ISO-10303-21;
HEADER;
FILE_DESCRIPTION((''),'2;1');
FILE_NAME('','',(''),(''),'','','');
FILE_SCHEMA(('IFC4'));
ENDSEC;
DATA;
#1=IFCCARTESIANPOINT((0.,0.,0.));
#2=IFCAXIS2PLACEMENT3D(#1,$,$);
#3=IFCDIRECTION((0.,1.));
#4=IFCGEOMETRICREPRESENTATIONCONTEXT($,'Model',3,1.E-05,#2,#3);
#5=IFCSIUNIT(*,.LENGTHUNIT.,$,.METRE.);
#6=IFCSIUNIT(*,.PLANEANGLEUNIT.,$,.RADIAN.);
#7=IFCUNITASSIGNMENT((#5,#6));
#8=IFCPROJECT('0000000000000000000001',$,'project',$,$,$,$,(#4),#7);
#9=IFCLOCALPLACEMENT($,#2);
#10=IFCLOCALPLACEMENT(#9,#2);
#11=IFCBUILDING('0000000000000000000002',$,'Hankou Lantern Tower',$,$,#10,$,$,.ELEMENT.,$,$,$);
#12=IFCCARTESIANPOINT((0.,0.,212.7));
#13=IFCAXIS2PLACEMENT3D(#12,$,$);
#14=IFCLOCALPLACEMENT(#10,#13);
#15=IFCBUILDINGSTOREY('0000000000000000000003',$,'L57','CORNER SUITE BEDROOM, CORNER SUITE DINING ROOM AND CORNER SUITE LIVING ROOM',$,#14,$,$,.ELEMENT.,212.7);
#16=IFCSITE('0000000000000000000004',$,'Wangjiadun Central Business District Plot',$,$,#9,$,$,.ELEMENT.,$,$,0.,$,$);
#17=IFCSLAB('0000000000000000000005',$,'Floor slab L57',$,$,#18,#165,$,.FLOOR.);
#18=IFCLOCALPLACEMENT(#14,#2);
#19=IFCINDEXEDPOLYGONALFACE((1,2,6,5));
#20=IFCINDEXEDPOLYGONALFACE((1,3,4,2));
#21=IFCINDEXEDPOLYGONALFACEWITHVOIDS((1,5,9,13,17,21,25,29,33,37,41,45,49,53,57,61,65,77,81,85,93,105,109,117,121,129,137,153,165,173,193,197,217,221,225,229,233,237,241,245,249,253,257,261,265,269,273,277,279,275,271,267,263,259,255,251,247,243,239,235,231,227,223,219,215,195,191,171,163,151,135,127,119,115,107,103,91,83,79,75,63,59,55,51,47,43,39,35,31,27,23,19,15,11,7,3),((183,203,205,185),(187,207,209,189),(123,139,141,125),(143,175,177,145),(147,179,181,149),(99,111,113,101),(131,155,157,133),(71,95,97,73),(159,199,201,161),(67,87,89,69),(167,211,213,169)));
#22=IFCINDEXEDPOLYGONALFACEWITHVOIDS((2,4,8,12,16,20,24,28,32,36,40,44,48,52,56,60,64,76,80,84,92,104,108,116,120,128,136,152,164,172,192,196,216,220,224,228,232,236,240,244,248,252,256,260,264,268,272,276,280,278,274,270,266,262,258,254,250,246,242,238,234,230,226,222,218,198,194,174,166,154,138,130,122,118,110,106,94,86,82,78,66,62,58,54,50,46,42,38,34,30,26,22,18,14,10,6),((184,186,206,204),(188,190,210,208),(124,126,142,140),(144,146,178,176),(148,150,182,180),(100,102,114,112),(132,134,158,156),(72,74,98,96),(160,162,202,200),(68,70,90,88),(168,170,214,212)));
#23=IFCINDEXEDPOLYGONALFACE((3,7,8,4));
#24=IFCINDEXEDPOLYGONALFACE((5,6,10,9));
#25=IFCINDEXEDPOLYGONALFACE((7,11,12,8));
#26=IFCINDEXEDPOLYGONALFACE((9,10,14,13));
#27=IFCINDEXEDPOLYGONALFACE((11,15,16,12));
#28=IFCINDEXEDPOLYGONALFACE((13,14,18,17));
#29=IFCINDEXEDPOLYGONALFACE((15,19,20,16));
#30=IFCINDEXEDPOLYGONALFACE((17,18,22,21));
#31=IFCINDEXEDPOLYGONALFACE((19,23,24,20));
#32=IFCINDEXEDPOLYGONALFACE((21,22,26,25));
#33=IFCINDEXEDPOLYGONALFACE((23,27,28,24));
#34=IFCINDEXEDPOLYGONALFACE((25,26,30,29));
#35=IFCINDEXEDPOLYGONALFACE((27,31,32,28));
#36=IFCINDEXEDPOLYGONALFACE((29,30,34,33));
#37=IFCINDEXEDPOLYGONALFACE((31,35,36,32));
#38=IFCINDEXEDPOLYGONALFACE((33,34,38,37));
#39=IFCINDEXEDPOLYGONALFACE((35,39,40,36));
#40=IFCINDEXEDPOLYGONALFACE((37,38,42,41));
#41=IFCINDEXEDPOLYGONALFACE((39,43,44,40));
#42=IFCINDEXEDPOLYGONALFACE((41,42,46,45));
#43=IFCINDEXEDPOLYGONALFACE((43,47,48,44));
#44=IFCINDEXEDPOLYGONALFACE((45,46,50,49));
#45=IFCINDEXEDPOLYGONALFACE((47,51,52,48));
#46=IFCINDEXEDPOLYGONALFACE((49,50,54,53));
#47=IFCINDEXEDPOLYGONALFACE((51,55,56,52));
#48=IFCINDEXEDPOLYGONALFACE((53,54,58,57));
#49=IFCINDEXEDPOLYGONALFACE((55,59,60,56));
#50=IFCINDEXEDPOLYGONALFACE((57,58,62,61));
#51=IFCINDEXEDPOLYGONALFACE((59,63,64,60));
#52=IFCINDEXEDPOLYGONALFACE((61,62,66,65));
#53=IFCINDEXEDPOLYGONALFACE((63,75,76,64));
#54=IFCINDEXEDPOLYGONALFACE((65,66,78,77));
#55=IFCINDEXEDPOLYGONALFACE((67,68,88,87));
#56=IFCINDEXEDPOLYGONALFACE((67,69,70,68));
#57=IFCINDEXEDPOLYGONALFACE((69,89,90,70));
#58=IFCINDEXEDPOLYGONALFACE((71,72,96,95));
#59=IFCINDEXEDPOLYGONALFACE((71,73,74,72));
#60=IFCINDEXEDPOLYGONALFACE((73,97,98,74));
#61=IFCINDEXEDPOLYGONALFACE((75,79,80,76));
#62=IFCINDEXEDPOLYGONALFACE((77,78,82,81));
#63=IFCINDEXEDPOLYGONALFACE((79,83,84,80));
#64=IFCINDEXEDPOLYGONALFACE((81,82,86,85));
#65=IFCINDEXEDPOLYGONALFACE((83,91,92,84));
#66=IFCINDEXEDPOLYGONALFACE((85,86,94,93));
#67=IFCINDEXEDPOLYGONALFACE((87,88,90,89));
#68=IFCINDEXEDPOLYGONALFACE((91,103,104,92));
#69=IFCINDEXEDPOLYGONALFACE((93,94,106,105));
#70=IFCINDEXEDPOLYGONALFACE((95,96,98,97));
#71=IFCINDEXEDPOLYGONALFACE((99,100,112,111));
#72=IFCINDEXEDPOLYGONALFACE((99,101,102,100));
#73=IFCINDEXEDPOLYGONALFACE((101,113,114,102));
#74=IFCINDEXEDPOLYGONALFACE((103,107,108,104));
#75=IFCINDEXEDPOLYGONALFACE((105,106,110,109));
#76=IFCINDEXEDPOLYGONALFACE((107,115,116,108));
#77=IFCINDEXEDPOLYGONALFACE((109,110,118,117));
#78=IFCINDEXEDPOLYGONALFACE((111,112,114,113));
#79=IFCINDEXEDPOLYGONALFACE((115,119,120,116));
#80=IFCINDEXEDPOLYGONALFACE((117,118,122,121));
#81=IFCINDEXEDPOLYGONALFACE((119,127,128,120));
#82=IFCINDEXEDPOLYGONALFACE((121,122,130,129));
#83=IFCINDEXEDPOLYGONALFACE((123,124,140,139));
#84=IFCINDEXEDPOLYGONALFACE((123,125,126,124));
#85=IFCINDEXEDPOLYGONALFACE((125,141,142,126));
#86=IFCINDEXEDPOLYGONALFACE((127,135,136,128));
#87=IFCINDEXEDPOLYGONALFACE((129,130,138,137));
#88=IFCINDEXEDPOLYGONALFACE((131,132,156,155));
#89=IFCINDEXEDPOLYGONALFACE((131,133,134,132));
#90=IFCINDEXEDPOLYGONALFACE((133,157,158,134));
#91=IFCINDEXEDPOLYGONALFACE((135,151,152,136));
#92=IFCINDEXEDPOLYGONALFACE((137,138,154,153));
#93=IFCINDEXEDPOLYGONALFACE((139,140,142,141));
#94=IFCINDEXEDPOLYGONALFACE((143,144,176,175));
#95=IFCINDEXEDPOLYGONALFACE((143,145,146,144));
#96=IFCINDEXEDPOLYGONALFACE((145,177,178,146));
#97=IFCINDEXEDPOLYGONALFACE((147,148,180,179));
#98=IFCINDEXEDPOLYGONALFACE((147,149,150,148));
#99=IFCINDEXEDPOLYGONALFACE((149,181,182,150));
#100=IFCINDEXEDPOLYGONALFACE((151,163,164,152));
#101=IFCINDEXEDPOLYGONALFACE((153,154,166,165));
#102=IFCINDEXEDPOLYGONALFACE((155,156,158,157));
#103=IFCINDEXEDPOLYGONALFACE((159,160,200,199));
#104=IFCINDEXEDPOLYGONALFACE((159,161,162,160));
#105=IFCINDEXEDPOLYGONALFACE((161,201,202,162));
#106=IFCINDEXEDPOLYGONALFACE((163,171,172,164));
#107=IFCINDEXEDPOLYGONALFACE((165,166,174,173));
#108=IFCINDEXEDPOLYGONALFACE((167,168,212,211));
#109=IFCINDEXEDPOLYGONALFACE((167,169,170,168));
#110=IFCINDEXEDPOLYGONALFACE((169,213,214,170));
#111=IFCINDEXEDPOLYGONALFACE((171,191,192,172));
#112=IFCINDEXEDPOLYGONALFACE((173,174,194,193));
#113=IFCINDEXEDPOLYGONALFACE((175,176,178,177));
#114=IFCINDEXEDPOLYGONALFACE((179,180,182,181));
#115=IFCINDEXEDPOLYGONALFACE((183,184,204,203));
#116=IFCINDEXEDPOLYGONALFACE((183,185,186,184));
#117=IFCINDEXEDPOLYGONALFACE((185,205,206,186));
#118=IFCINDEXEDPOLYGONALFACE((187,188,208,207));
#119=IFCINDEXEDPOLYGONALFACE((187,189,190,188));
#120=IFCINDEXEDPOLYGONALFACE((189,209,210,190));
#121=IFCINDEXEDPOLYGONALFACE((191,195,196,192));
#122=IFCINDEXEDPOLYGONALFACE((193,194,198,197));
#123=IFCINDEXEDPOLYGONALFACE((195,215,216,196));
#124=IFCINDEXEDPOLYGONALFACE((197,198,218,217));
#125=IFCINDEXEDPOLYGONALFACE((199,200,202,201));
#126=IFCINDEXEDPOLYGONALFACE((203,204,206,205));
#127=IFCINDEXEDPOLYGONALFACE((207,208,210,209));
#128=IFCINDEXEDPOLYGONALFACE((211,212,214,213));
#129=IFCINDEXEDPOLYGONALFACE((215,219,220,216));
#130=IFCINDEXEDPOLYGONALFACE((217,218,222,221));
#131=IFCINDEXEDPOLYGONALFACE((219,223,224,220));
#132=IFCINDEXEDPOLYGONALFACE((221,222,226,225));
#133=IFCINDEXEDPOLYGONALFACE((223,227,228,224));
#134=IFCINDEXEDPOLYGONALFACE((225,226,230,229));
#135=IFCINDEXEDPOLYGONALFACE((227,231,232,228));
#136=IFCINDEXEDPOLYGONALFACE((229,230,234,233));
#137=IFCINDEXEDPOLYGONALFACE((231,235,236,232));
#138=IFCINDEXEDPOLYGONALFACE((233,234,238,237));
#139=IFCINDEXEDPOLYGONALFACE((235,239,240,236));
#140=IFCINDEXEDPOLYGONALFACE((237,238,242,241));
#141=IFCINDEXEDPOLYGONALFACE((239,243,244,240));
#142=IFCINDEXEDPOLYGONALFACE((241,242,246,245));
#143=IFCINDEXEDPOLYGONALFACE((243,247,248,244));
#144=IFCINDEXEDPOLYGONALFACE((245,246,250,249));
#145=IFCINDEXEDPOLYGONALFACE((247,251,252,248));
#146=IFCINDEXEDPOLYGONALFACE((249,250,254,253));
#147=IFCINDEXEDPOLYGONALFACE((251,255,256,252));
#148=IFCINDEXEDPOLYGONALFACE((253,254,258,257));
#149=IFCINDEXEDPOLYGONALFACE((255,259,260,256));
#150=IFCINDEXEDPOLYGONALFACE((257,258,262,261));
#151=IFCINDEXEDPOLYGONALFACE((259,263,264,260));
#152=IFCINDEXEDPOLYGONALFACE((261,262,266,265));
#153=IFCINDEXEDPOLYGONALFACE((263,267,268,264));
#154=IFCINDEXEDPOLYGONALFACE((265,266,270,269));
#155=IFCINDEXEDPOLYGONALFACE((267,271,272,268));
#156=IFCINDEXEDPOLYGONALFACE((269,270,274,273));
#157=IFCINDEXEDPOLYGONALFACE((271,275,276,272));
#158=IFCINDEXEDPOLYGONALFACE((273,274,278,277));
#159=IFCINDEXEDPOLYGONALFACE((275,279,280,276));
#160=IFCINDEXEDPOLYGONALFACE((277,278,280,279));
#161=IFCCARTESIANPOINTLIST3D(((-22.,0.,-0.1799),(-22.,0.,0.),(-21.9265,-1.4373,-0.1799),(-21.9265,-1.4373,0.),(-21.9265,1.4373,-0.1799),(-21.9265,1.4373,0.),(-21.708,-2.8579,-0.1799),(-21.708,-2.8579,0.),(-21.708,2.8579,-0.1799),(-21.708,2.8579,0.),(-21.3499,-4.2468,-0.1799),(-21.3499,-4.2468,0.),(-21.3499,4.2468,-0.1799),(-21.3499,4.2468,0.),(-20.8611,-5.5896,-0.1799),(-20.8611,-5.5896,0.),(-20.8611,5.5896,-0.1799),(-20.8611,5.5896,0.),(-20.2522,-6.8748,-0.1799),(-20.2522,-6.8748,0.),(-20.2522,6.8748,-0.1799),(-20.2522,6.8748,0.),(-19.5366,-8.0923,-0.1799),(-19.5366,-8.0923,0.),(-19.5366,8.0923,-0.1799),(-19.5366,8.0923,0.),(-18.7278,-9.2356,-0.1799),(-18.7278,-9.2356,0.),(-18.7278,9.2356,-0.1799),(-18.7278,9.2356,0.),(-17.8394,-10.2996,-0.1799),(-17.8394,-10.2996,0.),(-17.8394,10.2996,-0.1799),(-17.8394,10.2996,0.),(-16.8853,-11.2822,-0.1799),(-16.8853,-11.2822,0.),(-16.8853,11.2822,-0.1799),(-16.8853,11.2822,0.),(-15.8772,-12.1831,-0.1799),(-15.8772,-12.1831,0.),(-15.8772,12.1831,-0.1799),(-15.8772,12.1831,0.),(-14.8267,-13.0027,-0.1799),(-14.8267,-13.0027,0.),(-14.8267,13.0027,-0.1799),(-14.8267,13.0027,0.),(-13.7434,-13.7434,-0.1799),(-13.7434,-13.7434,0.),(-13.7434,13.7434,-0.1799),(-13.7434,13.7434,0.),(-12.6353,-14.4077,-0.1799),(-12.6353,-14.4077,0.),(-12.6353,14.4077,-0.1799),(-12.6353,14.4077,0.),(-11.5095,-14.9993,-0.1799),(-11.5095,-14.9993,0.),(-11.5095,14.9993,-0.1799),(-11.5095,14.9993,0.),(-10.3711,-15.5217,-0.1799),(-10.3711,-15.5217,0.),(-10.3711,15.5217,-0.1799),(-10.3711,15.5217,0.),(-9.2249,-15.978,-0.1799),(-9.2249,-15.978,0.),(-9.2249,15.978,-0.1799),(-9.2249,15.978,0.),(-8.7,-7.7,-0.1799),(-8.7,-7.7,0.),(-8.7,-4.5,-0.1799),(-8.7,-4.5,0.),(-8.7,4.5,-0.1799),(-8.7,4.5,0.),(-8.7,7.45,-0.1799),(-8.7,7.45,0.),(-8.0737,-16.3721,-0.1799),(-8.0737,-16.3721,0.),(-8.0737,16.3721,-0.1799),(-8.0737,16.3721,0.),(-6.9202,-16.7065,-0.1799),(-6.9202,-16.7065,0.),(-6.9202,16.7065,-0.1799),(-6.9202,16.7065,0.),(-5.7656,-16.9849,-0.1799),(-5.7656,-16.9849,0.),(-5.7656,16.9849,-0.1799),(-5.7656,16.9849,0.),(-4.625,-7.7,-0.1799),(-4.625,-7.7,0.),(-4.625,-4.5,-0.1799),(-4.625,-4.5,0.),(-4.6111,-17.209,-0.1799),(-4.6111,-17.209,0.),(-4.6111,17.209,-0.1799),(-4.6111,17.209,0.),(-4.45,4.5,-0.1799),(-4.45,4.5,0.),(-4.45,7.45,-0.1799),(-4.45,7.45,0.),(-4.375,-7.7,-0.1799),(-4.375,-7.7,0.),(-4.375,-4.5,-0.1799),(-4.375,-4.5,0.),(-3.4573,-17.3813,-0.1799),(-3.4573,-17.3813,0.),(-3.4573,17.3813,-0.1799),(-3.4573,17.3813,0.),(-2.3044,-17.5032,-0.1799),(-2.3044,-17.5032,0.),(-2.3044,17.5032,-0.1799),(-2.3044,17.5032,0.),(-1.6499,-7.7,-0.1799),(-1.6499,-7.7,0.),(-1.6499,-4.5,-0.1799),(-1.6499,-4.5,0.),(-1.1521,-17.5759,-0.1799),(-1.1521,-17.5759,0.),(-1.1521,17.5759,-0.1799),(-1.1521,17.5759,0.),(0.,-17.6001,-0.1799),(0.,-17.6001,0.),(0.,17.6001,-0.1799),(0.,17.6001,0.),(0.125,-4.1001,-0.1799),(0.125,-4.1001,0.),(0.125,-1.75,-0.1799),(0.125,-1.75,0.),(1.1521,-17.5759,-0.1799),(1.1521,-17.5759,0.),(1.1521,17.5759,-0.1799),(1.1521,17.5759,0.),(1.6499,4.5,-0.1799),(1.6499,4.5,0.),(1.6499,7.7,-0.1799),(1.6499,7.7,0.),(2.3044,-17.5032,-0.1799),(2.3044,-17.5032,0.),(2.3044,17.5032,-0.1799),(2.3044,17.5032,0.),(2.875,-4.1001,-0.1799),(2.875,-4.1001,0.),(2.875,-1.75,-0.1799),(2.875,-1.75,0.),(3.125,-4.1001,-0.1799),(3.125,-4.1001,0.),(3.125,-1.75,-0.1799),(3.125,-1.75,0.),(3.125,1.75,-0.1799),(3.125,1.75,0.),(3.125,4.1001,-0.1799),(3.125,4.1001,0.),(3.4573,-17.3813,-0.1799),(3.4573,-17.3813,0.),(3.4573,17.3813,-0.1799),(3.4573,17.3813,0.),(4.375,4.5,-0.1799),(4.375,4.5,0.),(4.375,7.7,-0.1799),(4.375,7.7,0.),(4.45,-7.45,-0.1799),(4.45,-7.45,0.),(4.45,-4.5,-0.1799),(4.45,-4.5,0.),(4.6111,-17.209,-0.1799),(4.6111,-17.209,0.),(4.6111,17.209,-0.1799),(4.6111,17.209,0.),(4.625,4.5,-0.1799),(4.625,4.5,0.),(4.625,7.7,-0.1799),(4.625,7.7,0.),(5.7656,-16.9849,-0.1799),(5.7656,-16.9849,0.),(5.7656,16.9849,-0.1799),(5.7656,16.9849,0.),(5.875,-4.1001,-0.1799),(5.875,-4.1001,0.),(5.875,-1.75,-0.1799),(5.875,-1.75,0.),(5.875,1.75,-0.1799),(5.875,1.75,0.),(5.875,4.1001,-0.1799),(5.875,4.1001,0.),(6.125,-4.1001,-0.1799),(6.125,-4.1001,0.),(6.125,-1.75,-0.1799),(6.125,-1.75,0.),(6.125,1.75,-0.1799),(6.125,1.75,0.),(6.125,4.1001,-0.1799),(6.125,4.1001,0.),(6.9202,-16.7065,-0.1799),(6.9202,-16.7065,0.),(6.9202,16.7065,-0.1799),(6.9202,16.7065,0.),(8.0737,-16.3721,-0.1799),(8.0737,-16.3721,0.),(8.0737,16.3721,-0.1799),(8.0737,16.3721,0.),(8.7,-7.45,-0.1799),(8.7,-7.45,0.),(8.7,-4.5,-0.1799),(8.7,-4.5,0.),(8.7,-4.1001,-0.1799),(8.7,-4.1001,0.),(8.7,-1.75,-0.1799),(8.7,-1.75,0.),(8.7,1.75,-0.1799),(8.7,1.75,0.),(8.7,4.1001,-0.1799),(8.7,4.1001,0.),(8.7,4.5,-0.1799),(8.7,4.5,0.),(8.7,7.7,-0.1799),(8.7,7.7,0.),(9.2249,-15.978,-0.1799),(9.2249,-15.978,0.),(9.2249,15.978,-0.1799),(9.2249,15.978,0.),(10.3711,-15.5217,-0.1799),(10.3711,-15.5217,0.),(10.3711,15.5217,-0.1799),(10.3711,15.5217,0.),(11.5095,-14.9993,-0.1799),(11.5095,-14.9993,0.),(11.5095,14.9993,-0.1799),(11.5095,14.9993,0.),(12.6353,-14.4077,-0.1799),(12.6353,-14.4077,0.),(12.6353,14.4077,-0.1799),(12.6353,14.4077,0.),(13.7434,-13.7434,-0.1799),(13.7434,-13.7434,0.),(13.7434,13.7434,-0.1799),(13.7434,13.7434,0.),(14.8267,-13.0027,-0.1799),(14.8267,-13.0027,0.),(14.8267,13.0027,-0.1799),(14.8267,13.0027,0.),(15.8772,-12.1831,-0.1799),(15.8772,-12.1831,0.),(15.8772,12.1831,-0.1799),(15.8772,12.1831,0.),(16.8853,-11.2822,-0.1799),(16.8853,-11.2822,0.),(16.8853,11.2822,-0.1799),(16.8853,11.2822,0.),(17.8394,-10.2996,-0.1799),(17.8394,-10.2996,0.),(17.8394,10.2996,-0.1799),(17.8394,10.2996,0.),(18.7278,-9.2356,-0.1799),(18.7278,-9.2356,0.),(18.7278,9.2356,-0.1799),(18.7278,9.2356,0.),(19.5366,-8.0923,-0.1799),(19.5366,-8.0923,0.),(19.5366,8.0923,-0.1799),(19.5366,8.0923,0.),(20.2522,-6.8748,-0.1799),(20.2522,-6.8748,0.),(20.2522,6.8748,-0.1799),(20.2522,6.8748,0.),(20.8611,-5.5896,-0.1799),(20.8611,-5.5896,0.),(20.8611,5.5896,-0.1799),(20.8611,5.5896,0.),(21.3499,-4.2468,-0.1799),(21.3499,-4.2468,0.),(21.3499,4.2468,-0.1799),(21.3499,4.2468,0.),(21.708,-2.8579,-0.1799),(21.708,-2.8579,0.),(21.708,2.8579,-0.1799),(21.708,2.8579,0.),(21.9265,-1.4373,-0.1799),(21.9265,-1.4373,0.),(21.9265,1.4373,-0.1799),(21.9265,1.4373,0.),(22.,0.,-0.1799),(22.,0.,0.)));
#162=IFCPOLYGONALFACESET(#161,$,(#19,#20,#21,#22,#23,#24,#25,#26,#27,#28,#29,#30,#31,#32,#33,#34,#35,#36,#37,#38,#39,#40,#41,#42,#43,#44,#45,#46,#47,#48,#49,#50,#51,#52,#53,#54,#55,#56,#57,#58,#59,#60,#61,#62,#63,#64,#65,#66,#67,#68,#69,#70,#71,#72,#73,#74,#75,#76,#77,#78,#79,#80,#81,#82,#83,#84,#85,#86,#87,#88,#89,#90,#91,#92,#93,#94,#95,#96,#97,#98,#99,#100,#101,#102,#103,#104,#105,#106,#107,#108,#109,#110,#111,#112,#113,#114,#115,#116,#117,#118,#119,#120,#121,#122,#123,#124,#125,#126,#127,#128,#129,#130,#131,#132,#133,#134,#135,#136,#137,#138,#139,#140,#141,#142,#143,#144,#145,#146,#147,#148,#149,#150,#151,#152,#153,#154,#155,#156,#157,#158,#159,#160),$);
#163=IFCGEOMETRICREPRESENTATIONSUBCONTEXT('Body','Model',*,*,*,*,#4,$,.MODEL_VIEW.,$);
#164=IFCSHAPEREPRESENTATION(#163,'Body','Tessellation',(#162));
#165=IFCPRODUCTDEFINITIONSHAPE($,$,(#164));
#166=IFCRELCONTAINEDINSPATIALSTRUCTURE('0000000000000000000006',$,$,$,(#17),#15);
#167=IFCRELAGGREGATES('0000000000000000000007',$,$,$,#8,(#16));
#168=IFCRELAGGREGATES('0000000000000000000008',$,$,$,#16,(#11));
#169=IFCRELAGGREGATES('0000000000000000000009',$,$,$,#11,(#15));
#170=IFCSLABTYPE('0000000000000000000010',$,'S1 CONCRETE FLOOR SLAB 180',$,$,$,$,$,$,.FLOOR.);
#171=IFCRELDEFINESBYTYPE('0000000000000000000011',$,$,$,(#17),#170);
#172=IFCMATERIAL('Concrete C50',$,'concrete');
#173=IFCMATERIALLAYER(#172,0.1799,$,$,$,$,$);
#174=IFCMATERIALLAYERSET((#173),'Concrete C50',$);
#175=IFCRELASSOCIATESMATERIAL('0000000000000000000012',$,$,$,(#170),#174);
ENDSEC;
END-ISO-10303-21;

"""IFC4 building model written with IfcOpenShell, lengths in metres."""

from ifc_helpers import new_model, si_unit, direction, frame, origin, place, context, subcontext, project, spatial, polyline, outline, extrude, material, layer, layer_set, type_object, element, save


model = new_model("IFC4")

# Units and contexts
model_context = context("Model", 3, precision=1e-05, world=origin(), true_north=direction((0.0, 1.0)))
body_context = subcontext(model_context, "Body", "Model", "MODEL_VIEW")
ifc_project = project(units=[si_unit("LENGTHUNIT", "METRE"), si_unit("PLANEANGLEUNIT", "RADIAN")], contexts=[model_context])

# Site, building, storey
site_placement = place(None, origin())
site = spatial("IfcSite", under=ifc_project, at=site_placement, Name="Wangjiadun Central Business District Plot", CompositionType="ELEMENT", RefElevation=0.0)
building_placement = place(site_placement, origin())
building = spatial("IfcBuilding", under=site, at=building_placement, Name="Hankou Lantern Tower", CompositionType="ELEMENT")
storey_placement = place(building_placement, frame((0.0, 0.0, 212.7)))
storey = spatial("IfcBuildingStorey", under=building, at=storey_placement, Name="L57", Description="CORNER SUITE BEDROOM, CORNER SUITE DINING ROOM AND CORNER SUITE LIVING ROOM", CompositionType="ELEMENT", Elevation=212.7)

# Slab
ifc_material_1 = material(Name="Concrete C50", Category="concrete")
ifc_layer_1 = layer(ifc_material_1, 0.1799)
ifc_layer_set_1 = layer_set([ifc_layer_1], Name="Concrete C50")
slab_type = type_object("IfcSlabType", Name="S1 CONCRETE FLOOR SLAB 180", PredefinedType="FLOOR", material=ifc_layer_set_1)
slab_placement = place(storey_placement, frame((0.0, 0.0, -0.1799)))
element("IfcSlab", 1, at=slab_placement, inside=storey, type_object=slab_type, Name="Floor slab L57", PredefinedType="FLOOR", context=body_context, shape_type="SweptSolid", body=[
    extrude(outline(polyline([(22.0, 0.0), (21.9265, 1.4373), (21.708, 2.8579), (21.3499, 4.2468), (20.8611, 5.5896), (20.2522, 6.8748), (19.5366, 8.0923), (18.7278, 9.2356), (17.8394, 10.2996), (16.8853, 11.2822), (15.8772, 12.1831), (14.8267, 13.0027), (13.7434, 13.7434), (12.6353, 14.4077), (11.5095, 14.9993), (10.3711, 15.5217), (9.2249, 15.978), (8.0737, 16.3721), (6.9202, 16.7065), (5.7656, 16.9849), (4.6111, 17.209), (3.4573, 17.3813), (2.3044, 17.5032), (1.1521, 17.5759), (0.0, 17.6001), (-1.1521, 17.5759), (-2.3044, 17.5032), (-3.4573, 17.3813), (-4.6111, 17.209), (-5.7656, 16.9849), (-6.9202, 16.7065), (-8.0737, 16.3721), (-9.2249, 15.978), (-10.3711, 15.5217), (-11.5095, 14.9993), (-12.6353, 14.4077), (-13.7434, 13.7434), (-14.8267, 13.0027), (-15.8772, 12.1831), (-16.8853, 11.2822), (-17.8394, 10.2996), (-18.7278, 9.2356), (-19.5366, 8.0923), (-20.2522, 6.8748), (-20.8611, 5.5896), (-21.3499, 4.2468), (-21.708, 2.8579), (-21.9265, 1.4373), (-22.0, 0.0), (-21.9265, -1.4373), (-21.708, -2.8579), (-21.3499, -4.2468), (-20.8611, -5.5896), (-20.2522, -6.8748), (-19.5366, -8.0923), (-18.7278, -9.2356), (-17.8394, -10.2996), (-16.8853, -11.2822), (-15.8772, -12.1831), (-14.8267, -13.0027), (-13.7434, -13.7434), (-12.6353, -14.4077), (-11.5095, -14.9993), (-10.3711, -15.5217), (-9.2249, -15.978), (-8.0737, -16.3721), (-6.9202, -16.7065), (-5.7656, -16.9849), (-4.6111, -17.209), (-3.4573, -17.3813), (-2.3044, -17.5032), (-1.1521, -17.5759), (0.0, -17.6001), (1.1521, -17.5759), (2.3044, -17.5032), (3.4573, -17.3813), (4.6111, -17.209), (5.7656, -16.9849), (6.9202, -16.7065), (8.0737, -16.3721), (9.2249, -15.978), (10.3711, -15.5217), (11.5095, -14.9993), (12.6353, -14.4077), (13.7434, -13.7434), (14.8267, -13.0027), (15.8772, -12.1831), (16.8853, -11.2822), (17.8394, -10.2996), (18.7278, -9.2356), (19.5366, -8.0923), (20.2522, -6.8748), (20.8611, -5.5896), (21.3499, -4.2468), (21.708, -2.8579), (21.9265, -1.4373), (22.0, 0.0)]), holes=[polyline([(3.125, 4.1001), (5.875, 4.1001), (5.875, 1.75), (3.125, 1.75), (3.125, 4.1001)]), polyline([(6.125, 4.1001), (8.7, 4.1001), (8.7, 1.75), (6.125, 1.75), (6.125, 4.1001)]), polyline([(0.125, -1.75), (2.875, -1.75), (2.875, -4.1001), (0.125, -4.1001), (0.125, -1.75)]), polyline([(3.125, -1.75), (5.875, -1.75), (5.875, -4.1001), (3.125, -4.1001), (3.125, -1.75)]), polyline([(6.125, -1.75), (8.7, -1.75), (8.7, -4.1001), (6.125, -4.1001), (6.125, -1.75)]), polyline([(1.6499, 7.7), (4.375, 7.7), (4.375, 4.5), (1.6499, 4.5), (1.6499, 7.7)]), polyline([(-4.375, -4.5), (-1.6499, -4.5), (-1.6499, -7.7), (-4.375, -7.7), (-4.375, -4.5)]), polyline([(-8.7, 7.45), (-4.45, 7.45), (-4.45, 4.5), (-8.7, 4.5), (-8.7, 7.45)]), polyline([(4.45, -4.5), (8.7, -4.5), (8.7, -7.45), (4.45, -7.45), (4.45, -4.5)]), polyline([(4.625, 7.7), (8.7, 7.7), (8.7, 4.5), (4.625, 4.5), (4.625, 7.7)]), polyline([(-8.7, -4.5), (-4.625, -4.5), (-4.625, -7.7), (-8.7, -7.7), (-8.7, -4.5)])]), origin(), (0.0, 0.0, 1.0), 0.1799),
])

save(model, "model.ifc")
